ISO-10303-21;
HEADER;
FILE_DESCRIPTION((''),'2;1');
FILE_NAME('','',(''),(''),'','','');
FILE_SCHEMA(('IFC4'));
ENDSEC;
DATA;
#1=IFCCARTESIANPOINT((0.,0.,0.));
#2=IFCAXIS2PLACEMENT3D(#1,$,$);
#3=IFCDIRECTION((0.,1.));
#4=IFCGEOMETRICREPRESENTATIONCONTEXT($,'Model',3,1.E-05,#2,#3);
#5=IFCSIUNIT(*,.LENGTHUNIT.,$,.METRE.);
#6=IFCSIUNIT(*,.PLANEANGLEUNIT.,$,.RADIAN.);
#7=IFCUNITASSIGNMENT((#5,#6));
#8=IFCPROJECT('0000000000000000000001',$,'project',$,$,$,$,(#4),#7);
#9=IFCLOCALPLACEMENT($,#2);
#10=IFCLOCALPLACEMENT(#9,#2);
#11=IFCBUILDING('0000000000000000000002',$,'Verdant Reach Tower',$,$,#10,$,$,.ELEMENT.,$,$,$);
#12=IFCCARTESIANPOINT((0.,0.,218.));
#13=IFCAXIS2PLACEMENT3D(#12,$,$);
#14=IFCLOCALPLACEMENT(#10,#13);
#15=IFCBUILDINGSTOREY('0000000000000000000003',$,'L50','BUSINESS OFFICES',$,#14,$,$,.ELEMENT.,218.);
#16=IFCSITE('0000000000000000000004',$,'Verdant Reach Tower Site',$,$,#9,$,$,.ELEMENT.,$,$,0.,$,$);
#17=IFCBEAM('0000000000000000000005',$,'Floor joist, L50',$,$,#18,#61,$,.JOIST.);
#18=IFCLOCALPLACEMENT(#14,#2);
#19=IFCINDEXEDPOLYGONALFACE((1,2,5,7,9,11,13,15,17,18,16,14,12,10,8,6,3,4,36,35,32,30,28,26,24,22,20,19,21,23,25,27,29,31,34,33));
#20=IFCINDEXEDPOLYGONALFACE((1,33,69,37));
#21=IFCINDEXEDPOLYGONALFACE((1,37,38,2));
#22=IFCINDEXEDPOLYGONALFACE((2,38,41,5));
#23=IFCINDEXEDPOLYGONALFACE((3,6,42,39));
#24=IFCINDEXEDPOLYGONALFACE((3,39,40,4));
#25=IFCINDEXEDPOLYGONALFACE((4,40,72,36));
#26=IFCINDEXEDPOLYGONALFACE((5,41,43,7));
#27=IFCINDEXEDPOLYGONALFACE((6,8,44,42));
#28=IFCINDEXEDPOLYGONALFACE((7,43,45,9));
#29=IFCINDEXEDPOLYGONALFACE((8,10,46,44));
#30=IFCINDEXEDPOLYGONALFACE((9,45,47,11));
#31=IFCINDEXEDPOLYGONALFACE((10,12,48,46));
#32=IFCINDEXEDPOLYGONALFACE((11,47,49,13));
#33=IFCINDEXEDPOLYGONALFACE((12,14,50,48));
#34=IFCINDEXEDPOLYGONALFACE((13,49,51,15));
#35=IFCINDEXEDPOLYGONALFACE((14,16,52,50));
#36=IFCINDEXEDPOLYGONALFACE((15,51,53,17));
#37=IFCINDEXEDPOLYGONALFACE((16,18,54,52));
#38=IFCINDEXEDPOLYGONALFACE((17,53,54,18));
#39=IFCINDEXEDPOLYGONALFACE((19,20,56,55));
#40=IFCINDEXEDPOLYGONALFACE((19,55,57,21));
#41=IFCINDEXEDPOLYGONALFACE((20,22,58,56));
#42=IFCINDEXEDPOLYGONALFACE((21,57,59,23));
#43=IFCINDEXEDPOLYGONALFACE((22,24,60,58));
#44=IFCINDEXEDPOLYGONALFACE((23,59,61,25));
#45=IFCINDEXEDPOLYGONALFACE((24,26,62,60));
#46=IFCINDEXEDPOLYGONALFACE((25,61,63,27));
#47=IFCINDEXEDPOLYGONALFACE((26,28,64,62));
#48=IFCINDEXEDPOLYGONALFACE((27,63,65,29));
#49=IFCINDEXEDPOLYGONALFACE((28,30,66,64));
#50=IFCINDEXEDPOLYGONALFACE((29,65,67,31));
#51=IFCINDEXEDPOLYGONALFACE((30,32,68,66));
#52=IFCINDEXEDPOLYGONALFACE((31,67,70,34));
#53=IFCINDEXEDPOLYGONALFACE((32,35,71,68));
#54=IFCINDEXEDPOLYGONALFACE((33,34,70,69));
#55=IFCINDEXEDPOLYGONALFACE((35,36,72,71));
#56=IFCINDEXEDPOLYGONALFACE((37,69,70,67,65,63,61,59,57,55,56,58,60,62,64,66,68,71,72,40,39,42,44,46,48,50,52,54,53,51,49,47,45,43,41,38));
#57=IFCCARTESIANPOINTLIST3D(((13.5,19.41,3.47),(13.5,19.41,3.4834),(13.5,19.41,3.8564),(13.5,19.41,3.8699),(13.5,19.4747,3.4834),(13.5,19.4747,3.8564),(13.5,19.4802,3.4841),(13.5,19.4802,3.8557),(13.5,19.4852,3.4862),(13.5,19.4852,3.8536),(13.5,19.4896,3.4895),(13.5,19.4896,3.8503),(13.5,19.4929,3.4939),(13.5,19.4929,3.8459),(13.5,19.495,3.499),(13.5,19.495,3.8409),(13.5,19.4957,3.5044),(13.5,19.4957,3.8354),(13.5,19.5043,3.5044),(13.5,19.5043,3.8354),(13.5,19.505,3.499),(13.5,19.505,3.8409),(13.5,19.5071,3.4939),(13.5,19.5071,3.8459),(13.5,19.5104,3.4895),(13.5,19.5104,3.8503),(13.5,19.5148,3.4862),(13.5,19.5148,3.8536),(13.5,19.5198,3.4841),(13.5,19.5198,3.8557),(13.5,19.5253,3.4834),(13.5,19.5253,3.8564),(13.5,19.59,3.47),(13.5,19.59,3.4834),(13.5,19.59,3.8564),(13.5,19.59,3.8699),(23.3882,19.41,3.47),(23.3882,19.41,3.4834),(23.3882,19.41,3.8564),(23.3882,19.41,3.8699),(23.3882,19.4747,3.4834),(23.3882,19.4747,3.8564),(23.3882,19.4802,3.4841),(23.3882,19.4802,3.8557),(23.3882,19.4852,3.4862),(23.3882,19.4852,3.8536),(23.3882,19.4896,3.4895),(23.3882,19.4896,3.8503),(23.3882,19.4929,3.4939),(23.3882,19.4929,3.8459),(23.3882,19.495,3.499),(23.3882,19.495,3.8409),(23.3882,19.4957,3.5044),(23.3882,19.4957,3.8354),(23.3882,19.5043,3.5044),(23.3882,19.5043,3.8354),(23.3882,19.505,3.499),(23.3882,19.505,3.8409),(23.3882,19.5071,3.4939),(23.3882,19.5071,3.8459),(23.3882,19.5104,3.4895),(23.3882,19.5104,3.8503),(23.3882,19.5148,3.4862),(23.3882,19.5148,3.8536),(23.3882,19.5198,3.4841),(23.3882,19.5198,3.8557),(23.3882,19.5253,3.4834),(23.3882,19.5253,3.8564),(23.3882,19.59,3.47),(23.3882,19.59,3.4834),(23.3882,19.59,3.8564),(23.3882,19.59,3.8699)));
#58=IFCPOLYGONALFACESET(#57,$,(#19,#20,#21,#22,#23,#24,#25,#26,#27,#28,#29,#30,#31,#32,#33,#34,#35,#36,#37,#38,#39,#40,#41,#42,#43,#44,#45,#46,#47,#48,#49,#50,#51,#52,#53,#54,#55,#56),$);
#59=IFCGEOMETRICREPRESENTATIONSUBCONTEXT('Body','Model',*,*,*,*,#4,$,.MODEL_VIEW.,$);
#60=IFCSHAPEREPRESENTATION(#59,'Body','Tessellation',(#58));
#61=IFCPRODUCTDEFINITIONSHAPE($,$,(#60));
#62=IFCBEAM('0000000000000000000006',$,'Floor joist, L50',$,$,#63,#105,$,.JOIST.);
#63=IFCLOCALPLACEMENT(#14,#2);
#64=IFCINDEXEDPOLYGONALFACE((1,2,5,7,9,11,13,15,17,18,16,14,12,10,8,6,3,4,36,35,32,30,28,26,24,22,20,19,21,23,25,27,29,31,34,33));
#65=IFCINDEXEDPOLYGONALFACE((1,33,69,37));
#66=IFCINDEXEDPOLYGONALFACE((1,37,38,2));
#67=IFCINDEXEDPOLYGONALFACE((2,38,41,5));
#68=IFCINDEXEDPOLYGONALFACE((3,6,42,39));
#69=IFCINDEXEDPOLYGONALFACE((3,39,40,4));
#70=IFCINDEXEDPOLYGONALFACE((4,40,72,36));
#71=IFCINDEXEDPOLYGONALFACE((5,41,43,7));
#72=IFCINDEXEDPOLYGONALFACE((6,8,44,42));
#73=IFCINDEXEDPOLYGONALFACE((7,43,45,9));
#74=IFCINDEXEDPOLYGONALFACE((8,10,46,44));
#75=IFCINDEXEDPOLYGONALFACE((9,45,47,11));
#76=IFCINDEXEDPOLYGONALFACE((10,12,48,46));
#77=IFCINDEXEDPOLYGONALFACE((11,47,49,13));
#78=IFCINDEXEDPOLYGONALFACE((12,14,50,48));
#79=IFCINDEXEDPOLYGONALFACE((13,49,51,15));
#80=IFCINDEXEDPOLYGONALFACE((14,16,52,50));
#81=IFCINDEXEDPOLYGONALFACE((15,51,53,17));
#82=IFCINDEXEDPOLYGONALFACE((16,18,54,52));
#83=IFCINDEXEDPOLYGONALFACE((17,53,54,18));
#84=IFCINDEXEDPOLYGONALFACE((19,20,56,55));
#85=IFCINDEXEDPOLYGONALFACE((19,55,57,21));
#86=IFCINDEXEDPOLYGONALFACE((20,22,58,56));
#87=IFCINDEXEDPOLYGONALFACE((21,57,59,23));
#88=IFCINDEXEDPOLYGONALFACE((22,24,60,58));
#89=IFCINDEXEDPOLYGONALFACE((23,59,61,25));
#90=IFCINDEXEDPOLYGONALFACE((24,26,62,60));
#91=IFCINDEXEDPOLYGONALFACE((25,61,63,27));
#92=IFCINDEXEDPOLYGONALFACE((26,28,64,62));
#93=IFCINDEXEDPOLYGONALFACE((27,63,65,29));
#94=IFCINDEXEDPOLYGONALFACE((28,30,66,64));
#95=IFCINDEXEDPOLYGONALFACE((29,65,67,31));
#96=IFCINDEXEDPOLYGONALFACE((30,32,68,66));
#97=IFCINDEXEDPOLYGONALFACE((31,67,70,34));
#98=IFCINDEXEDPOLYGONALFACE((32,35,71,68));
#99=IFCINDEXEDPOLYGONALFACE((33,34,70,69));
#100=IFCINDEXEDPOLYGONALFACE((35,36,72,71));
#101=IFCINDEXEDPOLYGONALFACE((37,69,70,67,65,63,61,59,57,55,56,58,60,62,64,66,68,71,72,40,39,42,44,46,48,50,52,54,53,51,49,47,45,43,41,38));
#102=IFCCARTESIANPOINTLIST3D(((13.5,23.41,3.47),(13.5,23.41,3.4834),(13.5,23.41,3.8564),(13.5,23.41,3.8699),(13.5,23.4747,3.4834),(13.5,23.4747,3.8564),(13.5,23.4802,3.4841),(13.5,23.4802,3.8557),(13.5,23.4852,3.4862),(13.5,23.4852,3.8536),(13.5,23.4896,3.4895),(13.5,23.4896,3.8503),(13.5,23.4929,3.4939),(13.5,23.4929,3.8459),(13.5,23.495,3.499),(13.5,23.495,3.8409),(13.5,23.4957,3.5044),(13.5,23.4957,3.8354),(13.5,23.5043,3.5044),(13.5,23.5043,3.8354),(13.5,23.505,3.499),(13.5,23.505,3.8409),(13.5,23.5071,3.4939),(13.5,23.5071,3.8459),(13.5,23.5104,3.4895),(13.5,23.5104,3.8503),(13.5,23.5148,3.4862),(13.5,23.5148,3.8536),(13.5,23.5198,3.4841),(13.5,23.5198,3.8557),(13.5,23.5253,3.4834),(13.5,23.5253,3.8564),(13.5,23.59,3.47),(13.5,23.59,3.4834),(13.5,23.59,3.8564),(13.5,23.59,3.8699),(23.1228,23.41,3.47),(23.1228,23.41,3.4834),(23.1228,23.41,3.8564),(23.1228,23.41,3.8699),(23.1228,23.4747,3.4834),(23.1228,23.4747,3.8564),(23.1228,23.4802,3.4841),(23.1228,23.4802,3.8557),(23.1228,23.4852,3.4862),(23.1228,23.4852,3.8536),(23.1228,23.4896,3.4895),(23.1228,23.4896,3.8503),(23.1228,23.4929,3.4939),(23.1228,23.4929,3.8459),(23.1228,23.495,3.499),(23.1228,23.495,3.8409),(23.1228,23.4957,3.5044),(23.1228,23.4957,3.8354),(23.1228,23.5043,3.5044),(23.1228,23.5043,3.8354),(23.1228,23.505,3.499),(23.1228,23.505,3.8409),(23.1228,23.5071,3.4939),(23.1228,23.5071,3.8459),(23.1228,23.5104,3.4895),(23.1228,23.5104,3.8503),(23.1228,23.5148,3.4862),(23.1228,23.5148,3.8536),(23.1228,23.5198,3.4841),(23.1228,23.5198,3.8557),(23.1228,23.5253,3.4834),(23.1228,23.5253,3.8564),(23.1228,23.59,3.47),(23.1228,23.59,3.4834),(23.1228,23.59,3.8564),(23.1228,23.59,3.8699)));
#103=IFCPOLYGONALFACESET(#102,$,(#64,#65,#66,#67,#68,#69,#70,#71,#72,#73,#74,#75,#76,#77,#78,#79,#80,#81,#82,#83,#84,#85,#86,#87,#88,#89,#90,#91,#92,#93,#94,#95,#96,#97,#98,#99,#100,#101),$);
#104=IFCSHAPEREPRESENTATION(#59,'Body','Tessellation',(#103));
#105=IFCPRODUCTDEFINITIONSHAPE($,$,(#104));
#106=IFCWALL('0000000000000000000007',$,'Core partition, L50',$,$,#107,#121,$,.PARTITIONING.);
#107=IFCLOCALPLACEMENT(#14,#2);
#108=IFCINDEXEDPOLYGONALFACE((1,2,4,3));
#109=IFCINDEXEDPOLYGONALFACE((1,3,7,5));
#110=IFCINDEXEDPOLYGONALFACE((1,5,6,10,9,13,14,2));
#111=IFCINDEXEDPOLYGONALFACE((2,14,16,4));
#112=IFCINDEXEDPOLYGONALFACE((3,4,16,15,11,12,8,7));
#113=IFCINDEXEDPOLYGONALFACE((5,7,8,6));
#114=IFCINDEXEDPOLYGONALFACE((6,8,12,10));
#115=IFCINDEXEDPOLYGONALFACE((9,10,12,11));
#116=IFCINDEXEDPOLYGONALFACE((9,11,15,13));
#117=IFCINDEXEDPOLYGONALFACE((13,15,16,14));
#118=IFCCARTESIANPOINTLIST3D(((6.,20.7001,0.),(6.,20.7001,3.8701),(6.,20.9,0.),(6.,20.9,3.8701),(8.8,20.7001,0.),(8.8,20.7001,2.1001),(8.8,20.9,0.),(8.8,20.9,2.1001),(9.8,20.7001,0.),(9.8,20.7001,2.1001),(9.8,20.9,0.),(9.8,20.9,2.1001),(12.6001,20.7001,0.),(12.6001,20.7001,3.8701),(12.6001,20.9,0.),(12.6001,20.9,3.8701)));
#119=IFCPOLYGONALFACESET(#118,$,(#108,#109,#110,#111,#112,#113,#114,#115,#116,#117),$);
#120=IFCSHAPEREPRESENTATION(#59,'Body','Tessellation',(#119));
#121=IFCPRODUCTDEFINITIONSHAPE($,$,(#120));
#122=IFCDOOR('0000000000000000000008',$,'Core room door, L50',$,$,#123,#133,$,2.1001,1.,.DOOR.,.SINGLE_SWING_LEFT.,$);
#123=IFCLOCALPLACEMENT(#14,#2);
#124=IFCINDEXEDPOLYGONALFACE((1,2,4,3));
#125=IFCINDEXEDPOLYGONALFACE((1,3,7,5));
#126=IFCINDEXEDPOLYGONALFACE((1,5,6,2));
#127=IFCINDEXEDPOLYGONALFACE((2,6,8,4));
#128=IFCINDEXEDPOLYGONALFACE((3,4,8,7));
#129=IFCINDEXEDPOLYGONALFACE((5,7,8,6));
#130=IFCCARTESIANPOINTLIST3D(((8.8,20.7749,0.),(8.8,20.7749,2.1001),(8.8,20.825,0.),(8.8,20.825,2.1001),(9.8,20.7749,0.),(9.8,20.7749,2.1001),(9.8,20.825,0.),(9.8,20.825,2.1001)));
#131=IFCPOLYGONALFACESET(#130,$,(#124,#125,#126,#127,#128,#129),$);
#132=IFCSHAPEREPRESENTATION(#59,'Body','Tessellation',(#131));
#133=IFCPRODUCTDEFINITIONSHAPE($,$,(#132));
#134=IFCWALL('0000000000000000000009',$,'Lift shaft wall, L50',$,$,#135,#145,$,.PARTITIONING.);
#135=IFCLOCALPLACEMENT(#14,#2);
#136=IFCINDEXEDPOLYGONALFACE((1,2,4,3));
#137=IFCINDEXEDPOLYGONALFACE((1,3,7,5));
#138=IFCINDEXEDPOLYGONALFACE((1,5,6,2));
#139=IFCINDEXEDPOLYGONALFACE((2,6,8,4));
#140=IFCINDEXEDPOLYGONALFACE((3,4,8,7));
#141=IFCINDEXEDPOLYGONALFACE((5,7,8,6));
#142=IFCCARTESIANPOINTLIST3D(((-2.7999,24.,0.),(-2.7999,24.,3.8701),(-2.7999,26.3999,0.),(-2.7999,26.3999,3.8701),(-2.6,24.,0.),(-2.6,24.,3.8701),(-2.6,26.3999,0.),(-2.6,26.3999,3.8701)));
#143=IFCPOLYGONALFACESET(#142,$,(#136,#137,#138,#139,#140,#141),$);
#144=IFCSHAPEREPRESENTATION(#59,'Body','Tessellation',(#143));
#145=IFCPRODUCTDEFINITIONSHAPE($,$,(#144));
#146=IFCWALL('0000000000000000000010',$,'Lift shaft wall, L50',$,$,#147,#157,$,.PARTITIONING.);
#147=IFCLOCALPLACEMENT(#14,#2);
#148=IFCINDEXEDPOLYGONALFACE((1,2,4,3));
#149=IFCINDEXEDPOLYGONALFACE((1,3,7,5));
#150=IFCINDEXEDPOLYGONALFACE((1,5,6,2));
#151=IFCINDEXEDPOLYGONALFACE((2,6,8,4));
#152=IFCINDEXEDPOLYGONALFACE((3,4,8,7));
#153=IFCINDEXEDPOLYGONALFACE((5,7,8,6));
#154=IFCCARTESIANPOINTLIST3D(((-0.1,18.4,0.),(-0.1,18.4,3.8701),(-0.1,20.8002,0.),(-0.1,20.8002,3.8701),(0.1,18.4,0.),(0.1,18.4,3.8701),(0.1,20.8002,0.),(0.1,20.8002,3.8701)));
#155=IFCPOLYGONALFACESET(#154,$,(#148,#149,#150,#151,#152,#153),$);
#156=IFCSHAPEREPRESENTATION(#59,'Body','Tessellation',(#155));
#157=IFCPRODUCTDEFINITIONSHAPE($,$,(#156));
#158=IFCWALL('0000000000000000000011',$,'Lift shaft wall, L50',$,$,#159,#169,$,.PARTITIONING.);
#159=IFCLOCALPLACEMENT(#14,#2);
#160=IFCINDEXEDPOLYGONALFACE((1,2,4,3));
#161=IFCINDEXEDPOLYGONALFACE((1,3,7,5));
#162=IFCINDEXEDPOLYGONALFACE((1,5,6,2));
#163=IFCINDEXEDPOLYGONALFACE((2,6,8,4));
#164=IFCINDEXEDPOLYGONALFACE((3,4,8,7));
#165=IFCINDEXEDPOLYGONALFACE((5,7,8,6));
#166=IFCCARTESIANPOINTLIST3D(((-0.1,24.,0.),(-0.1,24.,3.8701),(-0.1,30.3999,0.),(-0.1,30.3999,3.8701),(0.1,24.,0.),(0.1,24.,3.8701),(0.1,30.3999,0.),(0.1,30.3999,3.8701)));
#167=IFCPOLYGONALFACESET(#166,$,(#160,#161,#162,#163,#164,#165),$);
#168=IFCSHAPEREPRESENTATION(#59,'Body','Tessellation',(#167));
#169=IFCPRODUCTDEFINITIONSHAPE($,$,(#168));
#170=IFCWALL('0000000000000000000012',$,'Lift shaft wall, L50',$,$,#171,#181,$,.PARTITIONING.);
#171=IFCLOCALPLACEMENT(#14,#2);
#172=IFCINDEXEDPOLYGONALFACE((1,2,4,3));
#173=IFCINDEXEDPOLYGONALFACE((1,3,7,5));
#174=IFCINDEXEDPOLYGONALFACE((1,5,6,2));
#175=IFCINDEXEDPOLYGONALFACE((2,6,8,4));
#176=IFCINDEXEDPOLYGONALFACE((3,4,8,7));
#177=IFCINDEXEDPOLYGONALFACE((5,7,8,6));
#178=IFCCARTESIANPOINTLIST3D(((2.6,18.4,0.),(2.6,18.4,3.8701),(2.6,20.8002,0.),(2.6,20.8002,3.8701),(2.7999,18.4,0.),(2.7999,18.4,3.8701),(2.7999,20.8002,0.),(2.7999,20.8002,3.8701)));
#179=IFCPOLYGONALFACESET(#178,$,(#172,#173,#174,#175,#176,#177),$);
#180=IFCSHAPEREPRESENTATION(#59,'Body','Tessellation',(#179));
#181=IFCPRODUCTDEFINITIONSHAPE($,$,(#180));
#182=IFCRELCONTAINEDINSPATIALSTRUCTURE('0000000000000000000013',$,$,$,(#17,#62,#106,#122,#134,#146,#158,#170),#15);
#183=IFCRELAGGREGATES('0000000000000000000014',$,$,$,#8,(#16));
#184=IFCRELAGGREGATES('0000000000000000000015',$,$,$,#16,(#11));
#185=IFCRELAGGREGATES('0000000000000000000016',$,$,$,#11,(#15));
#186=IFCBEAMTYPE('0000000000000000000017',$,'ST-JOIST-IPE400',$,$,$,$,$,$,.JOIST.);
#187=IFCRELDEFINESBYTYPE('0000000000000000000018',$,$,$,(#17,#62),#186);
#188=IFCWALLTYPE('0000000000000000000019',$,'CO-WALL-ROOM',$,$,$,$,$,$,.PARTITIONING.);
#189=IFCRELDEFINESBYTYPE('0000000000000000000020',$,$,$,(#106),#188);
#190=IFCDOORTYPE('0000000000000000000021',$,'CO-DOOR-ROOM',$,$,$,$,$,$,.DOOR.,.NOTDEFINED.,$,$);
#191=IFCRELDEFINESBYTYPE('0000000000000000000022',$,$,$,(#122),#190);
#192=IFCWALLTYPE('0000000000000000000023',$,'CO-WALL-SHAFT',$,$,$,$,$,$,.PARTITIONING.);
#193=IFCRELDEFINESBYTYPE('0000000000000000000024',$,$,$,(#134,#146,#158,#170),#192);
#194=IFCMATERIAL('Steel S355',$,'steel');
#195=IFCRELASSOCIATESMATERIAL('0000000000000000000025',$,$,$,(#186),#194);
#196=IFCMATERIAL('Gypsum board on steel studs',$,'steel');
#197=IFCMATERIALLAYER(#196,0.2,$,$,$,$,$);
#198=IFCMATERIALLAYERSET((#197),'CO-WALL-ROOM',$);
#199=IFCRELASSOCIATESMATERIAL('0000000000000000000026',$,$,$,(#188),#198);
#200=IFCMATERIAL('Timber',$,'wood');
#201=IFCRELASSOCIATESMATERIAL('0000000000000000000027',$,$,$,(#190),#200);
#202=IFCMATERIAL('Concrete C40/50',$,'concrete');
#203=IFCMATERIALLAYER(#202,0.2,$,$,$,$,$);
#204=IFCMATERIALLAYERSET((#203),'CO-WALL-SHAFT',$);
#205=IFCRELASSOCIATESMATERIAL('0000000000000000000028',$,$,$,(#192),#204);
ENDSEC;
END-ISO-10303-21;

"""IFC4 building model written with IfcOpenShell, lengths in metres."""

from ifc_helpers import new_model, si_unit, direction, frame, frame_2d, origin, origin_2d, place, context, subcontext, project, spatial, rectangle, i_section, extrude, material, layer, layer_set, material_profile, profile_set, type_object, element, fill, save


model = new_model("IFC4")

# Units and contexts
model_context = context("Model", 3, precision=1e-05, world=origin(), true_north=direction((0.0, 1.0)))
body_context = subcontext(model_context, "Body", "Model", "MODEL_VIEW")
ifc_project = project(units=[si_unit("LENGTHUNIT", "METRE"), si_unit("PLANEANGLEUNIT", "RADIAN")], contexts=[model_context])

# Site, building, storey
site_placement = place(None, origin())
site = spatial("IfcSite", under=ifc_project, at=site_placement, Name="Verdant Reach Tower Site", CompositionType="ELEMENT", RefElevation=0.0)
building_placement = place(site_placement, origin())
building = spatial("IfcBuilding", under=site, at=building_placement, Name="Verdant Reach Tower", CompositionType="ELEMENT")
storey_placement = place(building_placement, frame((0.0, 0.0, 218.0)))
storey = spatial("IfcBuildingStorey", under=building, at=storey_placement, Name="L50", Description="BUSINESS OFFICES", CompositionType="ELEMENT", Elevation=218.0)

# Beams
ifc_material_1 = material(Name="Steel S355", Category="steel")
ifc_material_profile = material_profile(ifc_material_1, i_section(OverallWidth=0.1799, OverallDepth=0.3999, WebThickness=0.0085, FlangeThickness=0.0134, FilletRadius=0.021, at=origin_2d()), Name="IPE 400")
ifc_profile_set = profile_set([ifc_material_profile], Name="Steel S355")
beam_type = type_object("IfcBeamType", Name="ST-JOIST-IPE400", PredefinedType="JOIST", material=ifc_profile_set)
beam_1_placement = place(storey_placement, frame((13.5, 19.5, 3.6699), z_axis=(1.0, 0.0, 0.0), x_axis=(0.0, 1.0, 0.0)))
element("IfcBeam", 1, at=beam_1_placement, inside=storey, type_object=beam_type, Name="Floor joist, L50", PredefinedType="JOIST", context=body_context, shape_type="SweptSolid", body=[
    extrude(i_section(OverallWidth=0.1799, OverallDepth=0.3999, WebThickness=0.0085, FlangeThickness=0.0134, FilletRadius=0.021, at=origin_2d()), origin(), (0.0, 0.0, 1.0), 9.8882),
])
beam_2_placement = place(storey_placement, frame((13.5, 23.5, 3.6699), z_axis=(1.0, 0.0, 0.0), x_axis=(0.0, 1.0, 0.0)))
element("IfcBeam", 2, at=beam_2_placement, inside=storey, type_object=beam_type, Name="Floor joist, L50", PredefinedType="JOIST", context=body_context, shape_type="SweptSolid", body=[
    extrude(i_section(OverallWidth=0.1799, OverallDepth=0.3999, WebThickness=0.0085, FlangeThickness=0.0134, FilletRadius=0.021, at=origin_2d()), origin(), (0.0, 0.0, 1.0), 9.6228),
])

# Wall, opening, door
ifc_material_2 = material(Name="Gypsum board on steel studs", Category="steel")
ifc_layer_1 = layer(ifc_material_2, 0.2)
ifc_layer_set_1 = layer_set([ifc_layer_1], Name="CO-WALL-ROOM")
wall_type_1 = type_object("IfcWallType", Name="CO-WALL-ROOM", PredefinedType="PARTITIONING", material=ifc_layer_set_1)
wall_1_placement = place(storey_placement, frame((6.0, 20.8, 0.0), z_axis=(0.0, 0.0, 1.0), x_axis=(1.0, 0.0, 0.0)))
wall_1 = element("IfcWall", 3, at=wall_1_placement, inside=storey, type_object=wall_type_1, Name="Core partition, L50", PredefinedType="PARTITIONING", context=body_context, shape_type="SweptSolid", body=[
    extrude(rectangle(XDim=6.6001, YDim=0.2, at=frame_2d((3.3, 0.0))), origin(), (0.0, 0.0, 1.0), 3.8701),
])
opening_1_placement = place(wall_1_placement, frame((2.8, 0.0, 0.0)))
opening_1 = element("IfcOpeningElement", 4, at=opening_1_placement, cuts=wall_1, PredefinedType="OPENING", context=body_context, shape_type="SweptSolid", body=[
    extrude(rectangle(XDim=1.0, YDim=2.1001, at=frame_2d((0.5, 1.05))), frame((0.0, 0.1099, 0.0), z_axis=(0.0, -1.0, 0.0), x_axis=(1.0, 0.0, 0.0)), (0.0, 0.0, 1.0), 0.22),
])
ifc_material_3 = material(Name="Timber", Category="wood")
door_type_1 = type_object("IfcDoorType", Name="CO-DOOR-ROOM", OperationType="NOTDEFINED", PredefinedType="DOOR", material=ifc_material_3)
door_1_placement = place(opening_1_placement, origin())
door_1 = element("IfcDoor", 5, at=door_1_placement, inside=storey, type_object=door_type_1, Name="Core room door, L50", OperationType="SINGLE_SWING_LEFT", OverallHeight=2.1001, OverallWidth=1.0, PredefinedType="DOOR", context=body_context, shape_type="SweptSolid", body=[
    extrude(rectangle(XDim=1.0, YDim=2.1001, at=frame_2d((0.5, 1.05))), frame((0.0, 0.0249, 0.0), z_axis=(0.0, -1.0, 0.0), x_axis=(1.0, 0.0, 0.0)), (0.0, 0.0, 1.0), 0.05),
])
fill(opening_1, door_1)

# Walls
ifc_material_4 = material(Name="Concrete C40/50", Category="concrete")
ifc_layer_2 = layer(ifc_material_4, 0.2)
ifc_layer_set_2 = layer_set([ifc_layer_2], Name="CO-WALL-SHAFT")
wall_type_2 = type_object("IfcWallType", Name="CO-WALL-SHAFT", PredefinedType="PARTITIONING", material=ifc_layer_set_2)
wall_2_placement = place(storey_placement, frame((-2.7, 24.0, 0.0), z_axis=(0.0, 0.0, 1.0), x_axis=(0.0, 1.0, 0.0)))
element("IfcWall", 6, at=wall_2_placement, inside=storey, type_object=wall_type_2, Name="Lift shaft wall, L50", PredefinedType="PARTITIONING", context=body_context, shape_type="SweptSolid", body=[
    extrude(rectangle(XDim=2.3999, YDim=0.2, at=frame_2d((1.2, 0.0))), origin(), (0.0, 0.0, 1.0), 3.8701),
])
wall_3_placement = place(storey_placement, frame((0.0, 18.3999, 0.0), z_axis=(0.0, 0.0, 1.0), x_axis=(0.0, 1.0, 0.0)))
element("IfcWall", 7, at=wall_3_placement, inside=storey, type_object=wall_type_2, Name="Lift shaft wall, L50", PredefinedType="PARTITIONING", context=body_context, shape_type="SweptSolid", body=[
    extrude(rectangle(XDim=2.4001, YDim=0.2, at=frame_2d((1.2002, 0.0))), origin(), (0.0, 0.0, 1.0), 3.8701),
])
wall_4_placement = place(storey_placement, frame((0.0, 24.0, 0.0), z_axis=(0.0, 0.0, 1.0), x_axis=(0.0, 1.0, 0.0)))
element("IfcWall", 8, at=wall_4_placement, inside=storey, type_object=wall_type_2, Name="Lift shaft wall, L50", PredefinedType="PARTITIONING", context=body_context, shape_type="SweptSolid", body=[
    extrude(rectangle(XDim=6.3999, YDim=0.2, at=frame_2d((3.2, 0.0))), origin(), (0.0, 0.0, 1.0), 3.8701),
])
wall_5_placement = place(storey_placement, frame((2.7, 18.3999, 0.0), z_axis=(0.0, 0.0, 1.0), x_axis=(0.0, 1.0, 0.0)))
element("IfcWall", 9, at=wall_5_placement, inside=storey, type_object=wall_type_2, Name="Lift shaft wall, L50", PredefinedType="PARTITIONING", context=body_context, shape_type="SweptSolid", body=[
    extrude(rectangle(XDim=2.4001, YDim=0.2, at=frame_2d((1.2002, 0.0))), origin(), (0.0, 0.0, 1.0), 3.8701),
])

save(model, "model.ifc")
